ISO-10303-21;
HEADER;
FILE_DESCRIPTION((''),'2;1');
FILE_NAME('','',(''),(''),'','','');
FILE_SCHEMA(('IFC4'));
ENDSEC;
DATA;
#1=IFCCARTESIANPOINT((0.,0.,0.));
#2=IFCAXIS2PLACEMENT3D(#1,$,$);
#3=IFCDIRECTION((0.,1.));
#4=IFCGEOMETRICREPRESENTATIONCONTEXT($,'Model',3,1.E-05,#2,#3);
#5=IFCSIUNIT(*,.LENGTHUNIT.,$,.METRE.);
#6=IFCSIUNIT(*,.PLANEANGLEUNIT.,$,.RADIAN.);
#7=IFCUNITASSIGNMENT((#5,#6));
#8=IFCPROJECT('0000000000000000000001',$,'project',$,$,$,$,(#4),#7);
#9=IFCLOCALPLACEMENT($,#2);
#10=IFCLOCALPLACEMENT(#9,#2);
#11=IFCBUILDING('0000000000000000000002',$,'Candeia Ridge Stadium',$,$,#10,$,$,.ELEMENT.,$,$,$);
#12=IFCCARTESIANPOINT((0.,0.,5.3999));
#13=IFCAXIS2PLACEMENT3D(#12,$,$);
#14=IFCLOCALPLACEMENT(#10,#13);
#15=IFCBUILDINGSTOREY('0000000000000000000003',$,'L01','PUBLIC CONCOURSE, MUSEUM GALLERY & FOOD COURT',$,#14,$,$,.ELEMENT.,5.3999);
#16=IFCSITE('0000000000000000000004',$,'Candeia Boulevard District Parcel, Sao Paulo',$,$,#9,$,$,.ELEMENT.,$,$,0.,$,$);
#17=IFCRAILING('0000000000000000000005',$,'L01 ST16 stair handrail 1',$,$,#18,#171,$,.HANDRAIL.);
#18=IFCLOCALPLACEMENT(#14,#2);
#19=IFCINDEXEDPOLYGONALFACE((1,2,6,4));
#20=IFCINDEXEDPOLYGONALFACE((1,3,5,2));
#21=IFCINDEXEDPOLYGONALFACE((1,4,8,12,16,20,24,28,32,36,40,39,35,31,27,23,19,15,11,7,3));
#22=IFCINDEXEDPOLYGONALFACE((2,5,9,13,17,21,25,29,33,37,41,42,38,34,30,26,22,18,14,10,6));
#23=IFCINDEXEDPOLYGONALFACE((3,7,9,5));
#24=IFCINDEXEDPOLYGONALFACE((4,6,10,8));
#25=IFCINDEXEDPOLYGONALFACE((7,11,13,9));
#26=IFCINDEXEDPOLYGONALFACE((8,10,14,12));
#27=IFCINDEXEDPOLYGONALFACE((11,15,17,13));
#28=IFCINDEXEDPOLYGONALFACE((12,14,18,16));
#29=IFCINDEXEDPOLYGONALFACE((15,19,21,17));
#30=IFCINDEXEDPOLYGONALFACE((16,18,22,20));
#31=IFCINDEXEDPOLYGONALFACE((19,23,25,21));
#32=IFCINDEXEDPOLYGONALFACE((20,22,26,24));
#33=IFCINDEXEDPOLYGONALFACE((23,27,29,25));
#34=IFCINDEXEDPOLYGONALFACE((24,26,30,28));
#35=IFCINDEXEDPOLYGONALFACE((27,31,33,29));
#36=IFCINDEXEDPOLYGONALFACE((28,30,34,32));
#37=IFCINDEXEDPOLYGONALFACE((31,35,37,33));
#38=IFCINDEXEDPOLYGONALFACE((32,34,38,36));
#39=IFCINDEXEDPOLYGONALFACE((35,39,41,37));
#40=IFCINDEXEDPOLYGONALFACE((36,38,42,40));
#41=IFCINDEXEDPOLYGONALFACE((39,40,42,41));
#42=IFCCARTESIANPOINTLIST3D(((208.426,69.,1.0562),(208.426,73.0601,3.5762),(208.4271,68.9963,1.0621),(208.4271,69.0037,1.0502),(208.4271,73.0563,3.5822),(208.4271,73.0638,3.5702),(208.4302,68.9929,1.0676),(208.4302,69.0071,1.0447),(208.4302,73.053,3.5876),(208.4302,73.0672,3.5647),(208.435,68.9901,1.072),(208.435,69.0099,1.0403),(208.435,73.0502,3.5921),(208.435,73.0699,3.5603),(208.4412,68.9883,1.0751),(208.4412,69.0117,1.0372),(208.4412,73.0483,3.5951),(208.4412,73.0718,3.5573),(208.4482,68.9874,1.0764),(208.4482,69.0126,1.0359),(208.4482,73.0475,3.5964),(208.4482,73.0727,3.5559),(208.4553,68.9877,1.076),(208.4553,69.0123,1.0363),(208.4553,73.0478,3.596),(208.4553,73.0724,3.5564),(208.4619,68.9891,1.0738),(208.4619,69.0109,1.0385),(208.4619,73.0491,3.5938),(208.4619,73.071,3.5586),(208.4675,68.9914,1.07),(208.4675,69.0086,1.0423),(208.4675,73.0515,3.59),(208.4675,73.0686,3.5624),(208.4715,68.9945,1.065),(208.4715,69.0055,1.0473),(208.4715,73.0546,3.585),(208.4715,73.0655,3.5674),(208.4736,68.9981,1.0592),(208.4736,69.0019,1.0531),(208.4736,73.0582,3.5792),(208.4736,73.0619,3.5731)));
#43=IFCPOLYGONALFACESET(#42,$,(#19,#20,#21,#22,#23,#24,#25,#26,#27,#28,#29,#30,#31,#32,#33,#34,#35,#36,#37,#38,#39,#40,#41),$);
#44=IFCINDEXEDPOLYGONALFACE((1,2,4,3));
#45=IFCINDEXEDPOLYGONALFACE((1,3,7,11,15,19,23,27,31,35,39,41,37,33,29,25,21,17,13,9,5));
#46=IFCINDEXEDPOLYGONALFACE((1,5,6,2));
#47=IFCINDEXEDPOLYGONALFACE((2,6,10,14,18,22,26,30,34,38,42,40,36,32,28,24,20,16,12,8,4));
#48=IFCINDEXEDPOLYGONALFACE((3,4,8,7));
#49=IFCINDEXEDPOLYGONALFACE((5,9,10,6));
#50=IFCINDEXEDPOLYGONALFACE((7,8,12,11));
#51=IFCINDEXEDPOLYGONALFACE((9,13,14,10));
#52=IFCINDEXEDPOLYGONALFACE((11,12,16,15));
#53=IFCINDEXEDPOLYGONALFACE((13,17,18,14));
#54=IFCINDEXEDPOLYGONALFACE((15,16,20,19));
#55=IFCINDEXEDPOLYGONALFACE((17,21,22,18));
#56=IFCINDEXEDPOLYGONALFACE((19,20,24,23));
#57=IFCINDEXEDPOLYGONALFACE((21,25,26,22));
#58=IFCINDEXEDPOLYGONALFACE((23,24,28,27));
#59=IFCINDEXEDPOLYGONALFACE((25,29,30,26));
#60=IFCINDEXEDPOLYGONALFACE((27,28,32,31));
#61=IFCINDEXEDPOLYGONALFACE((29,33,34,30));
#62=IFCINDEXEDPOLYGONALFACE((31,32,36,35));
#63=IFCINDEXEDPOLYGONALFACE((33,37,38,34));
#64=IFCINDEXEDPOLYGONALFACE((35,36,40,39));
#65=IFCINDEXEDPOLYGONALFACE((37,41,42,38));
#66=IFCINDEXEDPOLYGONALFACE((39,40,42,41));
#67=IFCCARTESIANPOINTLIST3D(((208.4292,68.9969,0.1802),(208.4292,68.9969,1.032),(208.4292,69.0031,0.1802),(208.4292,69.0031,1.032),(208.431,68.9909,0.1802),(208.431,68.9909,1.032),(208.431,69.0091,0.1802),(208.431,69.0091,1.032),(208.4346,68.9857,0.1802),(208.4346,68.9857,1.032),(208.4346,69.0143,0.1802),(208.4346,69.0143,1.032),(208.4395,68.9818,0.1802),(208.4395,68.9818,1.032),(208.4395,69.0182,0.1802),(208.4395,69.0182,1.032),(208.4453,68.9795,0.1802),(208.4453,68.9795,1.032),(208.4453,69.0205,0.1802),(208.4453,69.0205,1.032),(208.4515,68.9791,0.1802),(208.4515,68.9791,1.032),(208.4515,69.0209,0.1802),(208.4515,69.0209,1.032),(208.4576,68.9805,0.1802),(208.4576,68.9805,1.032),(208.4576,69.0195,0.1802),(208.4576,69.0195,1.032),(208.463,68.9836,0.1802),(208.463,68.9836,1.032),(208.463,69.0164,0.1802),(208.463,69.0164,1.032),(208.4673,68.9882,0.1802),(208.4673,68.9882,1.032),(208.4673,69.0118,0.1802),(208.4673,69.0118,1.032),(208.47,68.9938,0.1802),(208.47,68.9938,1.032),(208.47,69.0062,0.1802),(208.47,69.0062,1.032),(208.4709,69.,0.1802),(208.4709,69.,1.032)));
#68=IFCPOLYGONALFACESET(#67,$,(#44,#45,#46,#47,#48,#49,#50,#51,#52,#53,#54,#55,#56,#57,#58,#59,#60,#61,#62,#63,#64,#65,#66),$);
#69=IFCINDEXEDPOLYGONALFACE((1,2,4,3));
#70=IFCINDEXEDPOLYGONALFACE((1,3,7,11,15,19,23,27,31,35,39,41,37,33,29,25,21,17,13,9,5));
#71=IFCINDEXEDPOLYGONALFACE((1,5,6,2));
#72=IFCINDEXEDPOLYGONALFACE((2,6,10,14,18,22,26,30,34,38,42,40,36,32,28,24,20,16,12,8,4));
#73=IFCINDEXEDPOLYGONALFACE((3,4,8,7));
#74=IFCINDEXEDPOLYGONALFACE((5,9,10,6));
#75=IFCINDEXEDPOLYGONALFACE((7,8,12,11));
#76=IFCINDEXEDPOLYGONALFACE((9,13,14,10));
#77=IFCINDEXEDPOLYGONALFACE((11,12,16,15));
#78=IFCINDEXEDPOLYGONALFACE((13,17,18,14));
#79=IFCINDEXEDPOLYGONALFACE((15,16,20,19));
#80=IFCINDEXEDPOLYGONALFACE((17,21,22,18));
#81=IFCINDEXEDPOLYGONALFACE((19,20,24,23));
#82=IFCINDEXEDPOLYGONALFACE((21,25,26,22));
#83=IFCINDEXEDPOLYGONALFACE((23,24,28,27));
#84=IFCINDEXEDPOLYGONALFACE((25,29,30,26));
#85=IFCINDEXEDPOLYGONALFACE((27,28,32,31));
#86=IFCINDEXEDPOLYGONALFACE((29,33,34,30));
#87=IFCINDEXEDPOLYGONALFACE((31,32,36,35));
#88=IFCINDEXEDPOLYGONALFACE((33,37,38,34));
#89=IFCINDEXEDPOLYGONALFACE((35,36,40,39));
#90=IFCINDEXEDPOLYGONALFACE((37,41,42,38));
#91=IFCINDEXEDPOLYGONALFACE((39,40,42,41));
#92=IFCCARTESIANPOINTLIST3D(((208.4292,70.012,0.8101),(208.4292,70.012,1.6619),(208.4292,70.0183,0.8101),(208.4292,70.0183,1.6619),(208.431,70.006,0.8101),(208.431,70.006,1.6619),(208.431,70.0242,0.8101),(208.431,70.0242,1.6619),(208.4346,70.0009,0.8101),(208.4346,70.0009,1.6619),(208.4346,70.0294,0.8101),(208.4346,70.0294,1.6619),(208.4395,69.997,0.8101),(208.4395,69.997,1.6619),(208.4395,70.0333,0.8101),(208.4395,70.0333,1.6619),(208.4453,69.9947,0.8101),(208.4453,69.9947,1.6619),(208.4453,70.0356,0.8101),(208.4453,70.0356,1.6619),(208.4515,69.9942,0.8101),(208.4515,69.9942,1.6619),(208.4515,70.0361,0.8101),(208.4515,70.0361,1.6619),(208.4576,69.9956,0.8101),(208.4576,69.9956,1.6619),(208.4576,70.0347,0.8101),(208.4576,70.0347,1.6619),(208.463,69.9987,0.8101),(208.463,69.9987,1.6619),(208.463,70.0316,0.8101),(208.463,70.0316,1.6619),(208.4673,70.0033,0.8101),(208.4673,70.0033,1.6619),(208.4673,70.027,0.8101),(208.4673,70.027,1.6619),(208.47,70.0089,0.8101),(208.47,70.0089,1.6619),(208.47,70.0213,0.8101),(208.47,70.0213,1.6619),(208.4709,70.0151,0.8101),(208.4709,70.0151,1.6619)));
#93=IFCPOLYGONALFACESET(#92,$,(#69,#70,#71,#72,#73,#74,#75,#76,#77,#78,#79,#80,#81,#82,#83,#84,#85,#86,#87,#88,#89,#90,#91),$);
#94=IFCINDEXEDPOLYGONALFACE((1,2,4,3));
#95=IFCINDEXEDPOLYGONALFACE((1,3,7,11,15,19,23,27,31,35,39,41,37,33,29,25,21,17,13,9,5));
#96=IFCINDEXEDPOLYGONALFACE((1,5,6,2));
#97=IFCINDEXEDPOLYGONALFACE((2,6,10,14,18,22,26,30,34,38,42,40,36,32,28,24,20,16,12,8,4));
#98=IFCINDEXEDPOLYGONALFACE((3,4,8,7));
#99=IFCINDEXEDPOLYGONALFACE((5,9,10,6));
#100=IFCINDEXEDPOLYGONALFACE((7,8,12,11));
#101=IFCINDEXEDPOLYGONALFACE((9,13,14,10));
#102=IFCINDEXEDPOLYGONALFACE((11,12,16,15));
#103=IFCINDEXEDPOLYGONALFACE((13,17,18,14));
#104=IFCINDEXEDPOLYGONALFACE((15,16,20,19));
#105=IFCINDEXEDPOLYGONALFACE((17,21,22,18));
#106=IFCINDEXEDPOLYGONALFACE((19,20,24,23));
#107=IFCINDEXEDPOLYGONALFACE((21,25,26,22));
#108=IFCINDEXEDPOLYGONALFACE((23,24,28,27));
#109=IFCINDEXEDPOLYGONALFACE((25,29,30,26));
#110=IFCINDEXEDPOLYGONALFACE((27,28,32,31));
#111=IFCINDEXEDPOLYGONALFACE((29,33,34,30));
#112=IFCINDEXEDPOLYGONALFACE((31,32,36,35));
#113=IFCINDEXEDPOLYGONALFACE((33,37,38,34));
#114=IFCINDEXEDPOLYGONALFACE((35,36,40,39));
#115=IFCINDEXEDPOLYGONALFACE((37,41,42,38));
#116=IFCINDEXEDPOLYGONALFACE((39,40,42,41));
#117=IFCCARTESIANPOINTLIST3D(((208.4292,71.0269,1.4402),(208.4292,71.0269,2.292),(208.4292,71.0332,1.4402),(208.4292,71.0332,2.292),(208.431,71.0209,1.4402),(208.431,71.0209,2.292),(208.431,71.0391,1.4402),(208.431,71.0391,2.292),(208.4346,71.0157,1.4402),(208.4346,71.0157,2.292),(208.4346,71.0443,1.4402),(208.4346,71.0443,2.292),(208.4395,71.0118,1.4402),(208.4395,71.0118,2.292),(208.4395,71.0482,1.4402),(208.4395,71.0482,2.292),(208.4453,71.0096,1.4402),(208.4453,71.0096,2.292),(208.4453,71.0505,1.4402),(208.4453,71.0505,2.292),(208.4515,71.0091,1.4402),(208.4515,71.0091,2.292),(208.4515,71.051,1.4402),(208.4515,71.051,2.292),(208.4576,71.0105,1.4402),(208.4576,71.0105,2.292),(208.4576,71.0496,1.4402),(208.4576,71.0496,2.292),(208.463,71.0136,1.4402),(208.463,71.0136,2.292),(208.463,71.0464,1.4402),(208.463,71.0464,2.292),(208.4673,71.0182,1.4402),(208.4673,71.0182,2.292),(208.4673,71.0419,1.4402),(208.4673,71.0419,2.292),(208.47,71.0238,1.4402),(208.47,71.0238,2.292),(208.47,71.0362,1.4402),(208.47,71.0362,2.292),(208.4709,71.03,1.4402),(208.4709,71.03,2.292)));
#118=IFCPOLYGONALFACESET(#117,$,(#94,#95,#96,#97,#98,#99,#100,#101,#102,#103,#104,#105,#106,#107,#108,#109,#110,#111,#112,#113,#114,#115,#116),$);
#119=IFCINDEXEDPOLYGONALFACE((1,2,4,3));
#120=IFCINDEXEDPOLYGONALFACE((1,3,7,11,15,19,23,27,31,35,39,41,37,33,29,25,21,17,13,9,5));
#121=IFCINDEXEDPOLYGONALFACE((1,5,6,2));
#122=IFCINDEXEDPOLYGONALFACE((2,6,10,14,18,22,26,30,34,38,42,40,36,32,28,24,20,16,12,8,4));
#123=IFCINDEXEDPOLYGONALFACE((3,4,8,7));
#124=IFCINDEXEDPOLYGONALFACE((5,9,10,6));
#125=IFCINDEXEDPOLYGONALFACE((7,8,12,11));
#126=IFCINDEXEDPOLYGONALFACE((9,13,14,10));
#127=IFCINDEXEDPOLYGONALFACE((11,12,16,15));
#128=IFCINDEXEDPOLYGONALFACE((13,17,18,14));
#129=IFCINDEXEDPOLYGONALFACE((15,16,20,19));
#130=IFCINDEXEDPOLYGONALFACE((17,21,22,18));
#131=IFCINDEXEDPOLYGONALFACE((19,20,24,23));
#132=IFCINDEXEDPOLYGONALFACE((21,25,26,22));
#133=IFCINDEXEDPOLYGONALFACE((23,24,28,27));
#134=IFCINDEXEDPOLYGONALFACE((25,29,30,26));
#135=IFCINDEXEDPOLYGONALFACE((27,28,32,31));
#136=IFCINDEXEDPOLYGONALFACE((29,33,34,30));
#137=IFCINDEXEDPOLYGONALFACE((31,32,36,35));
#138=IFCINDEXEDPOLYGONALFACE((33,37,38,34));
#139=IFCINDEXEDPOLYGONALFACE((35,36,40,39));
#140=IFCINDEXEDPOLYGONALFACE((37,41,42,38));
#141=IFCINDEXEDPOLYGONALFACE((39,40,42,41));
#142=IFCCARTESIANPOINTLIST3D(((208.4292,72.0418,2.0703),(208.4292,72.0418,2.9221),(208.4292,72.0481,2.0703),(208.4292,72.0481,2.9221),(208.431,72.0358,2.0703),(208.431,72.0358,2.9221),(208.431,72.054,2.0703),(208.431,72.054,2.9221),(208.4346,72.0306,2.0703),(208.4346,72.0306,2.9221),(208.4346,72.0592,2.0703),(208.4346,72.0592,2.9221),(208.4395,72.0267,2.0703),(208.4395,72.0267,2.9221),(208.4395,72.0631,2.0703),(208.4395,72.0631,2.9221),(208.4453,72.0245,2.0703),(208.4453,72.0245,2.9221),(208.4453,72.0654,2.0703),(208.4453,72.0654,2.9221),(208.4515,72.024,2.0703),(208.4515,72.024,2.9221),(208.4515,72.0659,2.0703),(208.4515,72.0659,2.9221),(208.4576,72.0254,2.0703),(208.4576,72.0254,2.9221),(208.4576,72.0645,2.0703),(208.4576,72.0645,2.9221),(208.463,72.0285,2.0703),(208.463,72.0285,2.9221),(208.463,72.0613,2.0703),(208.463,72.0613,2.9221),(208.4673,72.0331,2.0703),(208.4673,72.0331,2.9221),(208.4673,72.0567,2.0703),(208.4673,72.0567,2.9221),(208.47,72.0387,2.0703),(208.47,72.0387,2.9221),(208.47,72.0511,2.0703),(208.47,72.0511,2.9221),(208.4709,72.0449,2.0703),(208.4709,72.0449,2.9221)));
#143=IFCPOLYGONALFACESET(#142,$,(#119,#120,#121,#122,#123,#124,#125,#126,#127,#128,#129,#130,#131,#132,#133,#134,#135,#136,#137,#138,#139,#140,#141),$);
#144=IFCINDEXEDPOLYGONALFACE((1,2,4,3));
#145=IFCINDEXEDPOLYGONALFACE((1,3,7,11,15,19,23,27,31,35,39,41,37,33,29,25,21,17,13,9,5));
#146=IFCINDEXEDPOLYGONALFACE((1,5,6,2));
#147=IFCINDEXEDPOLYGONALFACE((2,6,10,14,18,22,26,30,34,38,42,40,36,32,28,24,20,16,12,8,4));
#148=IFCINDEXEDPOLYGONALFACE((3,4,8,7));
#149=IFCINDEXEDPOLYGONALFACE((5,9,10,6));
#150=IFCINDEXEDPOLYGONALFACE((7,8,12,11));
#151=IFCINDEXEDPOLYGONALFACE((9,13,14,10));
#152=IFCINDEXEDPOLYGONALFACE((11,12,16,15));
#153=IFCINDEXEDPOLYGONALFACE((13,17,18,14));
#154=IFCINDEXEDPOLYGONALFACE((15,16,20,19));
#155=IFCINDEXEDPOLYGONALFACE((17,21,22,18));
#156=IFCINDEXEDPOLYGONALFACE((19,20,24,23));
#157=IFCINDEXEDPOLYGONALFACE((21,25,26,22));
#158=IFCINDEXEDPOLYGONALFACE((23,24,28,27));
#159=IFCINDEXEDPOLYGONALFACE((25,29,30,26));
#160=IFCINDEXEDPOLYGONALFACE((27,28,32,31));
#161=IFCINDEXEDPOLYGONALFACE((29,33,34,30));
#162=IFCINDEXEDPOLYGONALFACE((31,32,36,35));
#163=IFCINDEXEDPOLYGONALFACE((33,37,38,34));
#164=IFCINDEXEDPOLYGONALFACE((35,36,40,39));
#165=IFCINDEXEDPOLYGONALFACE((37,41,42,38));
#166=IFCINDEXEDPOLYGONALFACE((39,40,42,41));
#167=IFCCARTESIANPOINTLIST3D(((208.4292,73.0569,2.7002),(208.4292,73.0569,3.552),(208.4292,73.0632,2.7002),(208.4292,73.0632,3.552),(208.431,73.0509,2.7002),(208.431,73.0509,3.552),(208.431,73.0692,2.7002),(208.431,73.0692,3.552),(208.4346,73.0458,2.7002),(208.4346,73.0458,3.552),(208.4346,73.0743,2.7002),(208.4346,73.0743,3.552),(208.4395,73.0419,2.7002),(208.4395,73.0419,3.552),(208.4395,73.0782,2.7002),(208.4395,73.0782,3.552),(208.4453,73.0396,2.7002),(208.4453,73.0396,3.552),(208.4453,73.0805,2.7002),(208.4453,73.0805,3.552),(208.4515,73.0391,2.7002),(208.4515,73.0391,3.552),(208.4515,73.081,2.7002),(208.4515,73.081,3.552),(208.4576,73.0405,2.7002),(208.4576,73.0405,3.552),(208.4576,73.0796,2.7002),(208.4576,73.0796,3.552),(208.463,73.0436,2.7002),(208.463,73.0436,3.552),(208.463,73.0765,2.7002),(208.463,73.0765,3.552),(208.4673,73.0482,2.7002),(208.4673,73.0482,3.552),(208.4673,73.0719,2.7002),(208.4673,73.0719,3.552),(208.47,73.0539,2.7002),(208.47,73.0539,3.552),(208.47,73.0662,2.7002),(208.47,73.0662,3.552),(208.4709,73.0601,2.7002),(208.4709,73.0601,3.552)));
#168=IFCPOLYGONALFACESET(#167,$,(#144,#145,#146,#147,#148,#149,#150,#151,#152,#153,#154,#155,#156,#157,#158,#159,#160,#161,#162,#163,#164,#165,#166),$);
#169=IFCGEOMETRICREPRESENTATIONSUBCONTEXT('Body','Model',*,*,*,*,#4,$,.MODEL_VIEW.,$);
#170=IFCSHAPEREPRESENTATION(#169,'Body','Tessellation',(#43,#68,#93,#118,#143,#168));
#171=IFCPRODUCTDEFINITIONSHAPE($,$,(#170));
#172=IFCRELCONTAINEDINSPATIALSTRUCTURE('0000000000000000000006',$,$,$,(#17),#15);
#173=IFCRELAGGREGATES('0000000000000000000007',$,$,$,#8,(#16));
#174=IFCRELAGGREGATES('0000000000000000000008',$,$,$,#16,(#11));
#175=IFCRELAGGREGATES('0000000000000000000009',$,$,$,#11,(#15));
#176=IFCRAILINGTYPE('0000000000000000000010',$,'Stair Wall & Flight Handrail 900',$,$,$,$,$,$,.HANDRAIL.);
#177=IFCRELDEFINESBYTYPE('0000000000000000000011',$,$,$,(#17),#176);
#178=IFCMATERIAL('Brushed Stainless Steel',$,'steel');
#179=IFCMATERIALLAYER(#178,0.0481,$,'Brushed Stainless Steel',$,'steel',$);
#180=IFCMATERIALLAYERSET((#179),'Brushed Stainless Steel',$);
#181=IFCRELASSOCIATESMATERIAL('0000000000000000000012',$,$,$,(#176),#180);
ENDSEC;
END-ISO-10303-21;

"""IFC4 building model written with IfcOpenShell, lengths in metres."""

from ifc_helpers import new_model, si_unit, direction, frame, origin, origin_2d, place, context, subcontext, project, spatial, circle, extrude, material, layer, layer_set, type_object, element, save


model = new_model("IFC4")

# Units and contexts
model_context = context("Model", 3, precision=1e-05, world=origin(), true_north=direction((0.0, 1.0)))
body_context = subcontext(model_context, "Body", "Model", "MODEL_VIEW")
ifc_project = project(units=[si_unit("LENGTHUNIT", "METRE"), si_unit("PLANEANGLEUNIT", "RADIAN")], contexts=[model_context])

# Site, building, storey
site_placement = place(None, origin())
site = spatial("IfcSite", under=ifc_project, at=site_placement, Name="Candeia Boulevard District Parcel, Sao Paulo", CompositionType="ELEMENT", RefElevation=0.0)
building_placement = place(site_placement, origin())
building = spatial("IfcBuilding", under=site, at=building_placement, Name="Candeia Ridge Stadium", CompositionType="ELEMENT")
storey_placement = place(building_placement, frame((0.0, 0.0, 5.3999)))
storey = spatial("IfcBuildingStorey", under=building, at=storey_placement, Name="L01", Description="PUBLIC CONCOURSE, MUSEUM GALLERY & FOOD COURT", CompositionType="ELEMENT", Elevation=5.3999)

# Railing
ifc_material_1 = material(Name="Brushed Stainless Steel", Category="steel")
ifc_layer_1 = layer(ifc_material_1, 0.0481, Name="Brushed Stainless Steel", Category="steel")
ifc_layer_set_1 = layer_set([ifc_layer_1], Name="Brushed Stainless Steel")
railing_type_1 = type_object("IfcRailingType", Name="Stair Wall & Flight Handrail 900", PredefinedType="HANDRAIL", material=ifc_layer_set_1)
railing_1_placement = place(storey_placement, frame((208.45, 69.0, 0.1802)))
element("IfcRailing", 1, at=railing_1_placement, inside=storey, type_object=railing_type_1, Name="L01 ST16 stair handrail 1", PredefinedType="HANDRAIL", context=body_context, shape_type="SweptSolid", body=[
    extrude(circle(Radius=0.0239, at=origin_2d()), frame((0.0, 0.0, 0.876), z_axis=(0.0, 0.849642, 0.52736), x_axis=(-1.0, 0.0, 0.0)), (0.0, 0.0, 1.0), 4.7786),
    extrude(circle(Radius=0.021, at=origin_2d()), origin(), (0.0, 0.0, 1.0), 0.8518),
    extrude(circle(Radius=0.021, at=origin_2d()), frame((0.0, 1.0151, 0.6299)), (0.0, 0.0, 1.0), 0.8518),
    extrude(circle(Radius=0.021, at=origin_2d()), frame((0.0, 2.03, 1.26)), (0.0, 0.0, 1.0), 0.8518),
    extrude(circle(Radius=0.021, at=origin_2d()), frame((0.0, 3.0449, 1.8901)), (0.0, 0.0, 1.0), 0.8518),
    extrude(circle(Radius=0.021, at=origin_2d()), frame((0.0, 4.0601, 2.52)), (0.0, 0.0, 1.0), 0.8518),
])

save(model, "model.ifc")
